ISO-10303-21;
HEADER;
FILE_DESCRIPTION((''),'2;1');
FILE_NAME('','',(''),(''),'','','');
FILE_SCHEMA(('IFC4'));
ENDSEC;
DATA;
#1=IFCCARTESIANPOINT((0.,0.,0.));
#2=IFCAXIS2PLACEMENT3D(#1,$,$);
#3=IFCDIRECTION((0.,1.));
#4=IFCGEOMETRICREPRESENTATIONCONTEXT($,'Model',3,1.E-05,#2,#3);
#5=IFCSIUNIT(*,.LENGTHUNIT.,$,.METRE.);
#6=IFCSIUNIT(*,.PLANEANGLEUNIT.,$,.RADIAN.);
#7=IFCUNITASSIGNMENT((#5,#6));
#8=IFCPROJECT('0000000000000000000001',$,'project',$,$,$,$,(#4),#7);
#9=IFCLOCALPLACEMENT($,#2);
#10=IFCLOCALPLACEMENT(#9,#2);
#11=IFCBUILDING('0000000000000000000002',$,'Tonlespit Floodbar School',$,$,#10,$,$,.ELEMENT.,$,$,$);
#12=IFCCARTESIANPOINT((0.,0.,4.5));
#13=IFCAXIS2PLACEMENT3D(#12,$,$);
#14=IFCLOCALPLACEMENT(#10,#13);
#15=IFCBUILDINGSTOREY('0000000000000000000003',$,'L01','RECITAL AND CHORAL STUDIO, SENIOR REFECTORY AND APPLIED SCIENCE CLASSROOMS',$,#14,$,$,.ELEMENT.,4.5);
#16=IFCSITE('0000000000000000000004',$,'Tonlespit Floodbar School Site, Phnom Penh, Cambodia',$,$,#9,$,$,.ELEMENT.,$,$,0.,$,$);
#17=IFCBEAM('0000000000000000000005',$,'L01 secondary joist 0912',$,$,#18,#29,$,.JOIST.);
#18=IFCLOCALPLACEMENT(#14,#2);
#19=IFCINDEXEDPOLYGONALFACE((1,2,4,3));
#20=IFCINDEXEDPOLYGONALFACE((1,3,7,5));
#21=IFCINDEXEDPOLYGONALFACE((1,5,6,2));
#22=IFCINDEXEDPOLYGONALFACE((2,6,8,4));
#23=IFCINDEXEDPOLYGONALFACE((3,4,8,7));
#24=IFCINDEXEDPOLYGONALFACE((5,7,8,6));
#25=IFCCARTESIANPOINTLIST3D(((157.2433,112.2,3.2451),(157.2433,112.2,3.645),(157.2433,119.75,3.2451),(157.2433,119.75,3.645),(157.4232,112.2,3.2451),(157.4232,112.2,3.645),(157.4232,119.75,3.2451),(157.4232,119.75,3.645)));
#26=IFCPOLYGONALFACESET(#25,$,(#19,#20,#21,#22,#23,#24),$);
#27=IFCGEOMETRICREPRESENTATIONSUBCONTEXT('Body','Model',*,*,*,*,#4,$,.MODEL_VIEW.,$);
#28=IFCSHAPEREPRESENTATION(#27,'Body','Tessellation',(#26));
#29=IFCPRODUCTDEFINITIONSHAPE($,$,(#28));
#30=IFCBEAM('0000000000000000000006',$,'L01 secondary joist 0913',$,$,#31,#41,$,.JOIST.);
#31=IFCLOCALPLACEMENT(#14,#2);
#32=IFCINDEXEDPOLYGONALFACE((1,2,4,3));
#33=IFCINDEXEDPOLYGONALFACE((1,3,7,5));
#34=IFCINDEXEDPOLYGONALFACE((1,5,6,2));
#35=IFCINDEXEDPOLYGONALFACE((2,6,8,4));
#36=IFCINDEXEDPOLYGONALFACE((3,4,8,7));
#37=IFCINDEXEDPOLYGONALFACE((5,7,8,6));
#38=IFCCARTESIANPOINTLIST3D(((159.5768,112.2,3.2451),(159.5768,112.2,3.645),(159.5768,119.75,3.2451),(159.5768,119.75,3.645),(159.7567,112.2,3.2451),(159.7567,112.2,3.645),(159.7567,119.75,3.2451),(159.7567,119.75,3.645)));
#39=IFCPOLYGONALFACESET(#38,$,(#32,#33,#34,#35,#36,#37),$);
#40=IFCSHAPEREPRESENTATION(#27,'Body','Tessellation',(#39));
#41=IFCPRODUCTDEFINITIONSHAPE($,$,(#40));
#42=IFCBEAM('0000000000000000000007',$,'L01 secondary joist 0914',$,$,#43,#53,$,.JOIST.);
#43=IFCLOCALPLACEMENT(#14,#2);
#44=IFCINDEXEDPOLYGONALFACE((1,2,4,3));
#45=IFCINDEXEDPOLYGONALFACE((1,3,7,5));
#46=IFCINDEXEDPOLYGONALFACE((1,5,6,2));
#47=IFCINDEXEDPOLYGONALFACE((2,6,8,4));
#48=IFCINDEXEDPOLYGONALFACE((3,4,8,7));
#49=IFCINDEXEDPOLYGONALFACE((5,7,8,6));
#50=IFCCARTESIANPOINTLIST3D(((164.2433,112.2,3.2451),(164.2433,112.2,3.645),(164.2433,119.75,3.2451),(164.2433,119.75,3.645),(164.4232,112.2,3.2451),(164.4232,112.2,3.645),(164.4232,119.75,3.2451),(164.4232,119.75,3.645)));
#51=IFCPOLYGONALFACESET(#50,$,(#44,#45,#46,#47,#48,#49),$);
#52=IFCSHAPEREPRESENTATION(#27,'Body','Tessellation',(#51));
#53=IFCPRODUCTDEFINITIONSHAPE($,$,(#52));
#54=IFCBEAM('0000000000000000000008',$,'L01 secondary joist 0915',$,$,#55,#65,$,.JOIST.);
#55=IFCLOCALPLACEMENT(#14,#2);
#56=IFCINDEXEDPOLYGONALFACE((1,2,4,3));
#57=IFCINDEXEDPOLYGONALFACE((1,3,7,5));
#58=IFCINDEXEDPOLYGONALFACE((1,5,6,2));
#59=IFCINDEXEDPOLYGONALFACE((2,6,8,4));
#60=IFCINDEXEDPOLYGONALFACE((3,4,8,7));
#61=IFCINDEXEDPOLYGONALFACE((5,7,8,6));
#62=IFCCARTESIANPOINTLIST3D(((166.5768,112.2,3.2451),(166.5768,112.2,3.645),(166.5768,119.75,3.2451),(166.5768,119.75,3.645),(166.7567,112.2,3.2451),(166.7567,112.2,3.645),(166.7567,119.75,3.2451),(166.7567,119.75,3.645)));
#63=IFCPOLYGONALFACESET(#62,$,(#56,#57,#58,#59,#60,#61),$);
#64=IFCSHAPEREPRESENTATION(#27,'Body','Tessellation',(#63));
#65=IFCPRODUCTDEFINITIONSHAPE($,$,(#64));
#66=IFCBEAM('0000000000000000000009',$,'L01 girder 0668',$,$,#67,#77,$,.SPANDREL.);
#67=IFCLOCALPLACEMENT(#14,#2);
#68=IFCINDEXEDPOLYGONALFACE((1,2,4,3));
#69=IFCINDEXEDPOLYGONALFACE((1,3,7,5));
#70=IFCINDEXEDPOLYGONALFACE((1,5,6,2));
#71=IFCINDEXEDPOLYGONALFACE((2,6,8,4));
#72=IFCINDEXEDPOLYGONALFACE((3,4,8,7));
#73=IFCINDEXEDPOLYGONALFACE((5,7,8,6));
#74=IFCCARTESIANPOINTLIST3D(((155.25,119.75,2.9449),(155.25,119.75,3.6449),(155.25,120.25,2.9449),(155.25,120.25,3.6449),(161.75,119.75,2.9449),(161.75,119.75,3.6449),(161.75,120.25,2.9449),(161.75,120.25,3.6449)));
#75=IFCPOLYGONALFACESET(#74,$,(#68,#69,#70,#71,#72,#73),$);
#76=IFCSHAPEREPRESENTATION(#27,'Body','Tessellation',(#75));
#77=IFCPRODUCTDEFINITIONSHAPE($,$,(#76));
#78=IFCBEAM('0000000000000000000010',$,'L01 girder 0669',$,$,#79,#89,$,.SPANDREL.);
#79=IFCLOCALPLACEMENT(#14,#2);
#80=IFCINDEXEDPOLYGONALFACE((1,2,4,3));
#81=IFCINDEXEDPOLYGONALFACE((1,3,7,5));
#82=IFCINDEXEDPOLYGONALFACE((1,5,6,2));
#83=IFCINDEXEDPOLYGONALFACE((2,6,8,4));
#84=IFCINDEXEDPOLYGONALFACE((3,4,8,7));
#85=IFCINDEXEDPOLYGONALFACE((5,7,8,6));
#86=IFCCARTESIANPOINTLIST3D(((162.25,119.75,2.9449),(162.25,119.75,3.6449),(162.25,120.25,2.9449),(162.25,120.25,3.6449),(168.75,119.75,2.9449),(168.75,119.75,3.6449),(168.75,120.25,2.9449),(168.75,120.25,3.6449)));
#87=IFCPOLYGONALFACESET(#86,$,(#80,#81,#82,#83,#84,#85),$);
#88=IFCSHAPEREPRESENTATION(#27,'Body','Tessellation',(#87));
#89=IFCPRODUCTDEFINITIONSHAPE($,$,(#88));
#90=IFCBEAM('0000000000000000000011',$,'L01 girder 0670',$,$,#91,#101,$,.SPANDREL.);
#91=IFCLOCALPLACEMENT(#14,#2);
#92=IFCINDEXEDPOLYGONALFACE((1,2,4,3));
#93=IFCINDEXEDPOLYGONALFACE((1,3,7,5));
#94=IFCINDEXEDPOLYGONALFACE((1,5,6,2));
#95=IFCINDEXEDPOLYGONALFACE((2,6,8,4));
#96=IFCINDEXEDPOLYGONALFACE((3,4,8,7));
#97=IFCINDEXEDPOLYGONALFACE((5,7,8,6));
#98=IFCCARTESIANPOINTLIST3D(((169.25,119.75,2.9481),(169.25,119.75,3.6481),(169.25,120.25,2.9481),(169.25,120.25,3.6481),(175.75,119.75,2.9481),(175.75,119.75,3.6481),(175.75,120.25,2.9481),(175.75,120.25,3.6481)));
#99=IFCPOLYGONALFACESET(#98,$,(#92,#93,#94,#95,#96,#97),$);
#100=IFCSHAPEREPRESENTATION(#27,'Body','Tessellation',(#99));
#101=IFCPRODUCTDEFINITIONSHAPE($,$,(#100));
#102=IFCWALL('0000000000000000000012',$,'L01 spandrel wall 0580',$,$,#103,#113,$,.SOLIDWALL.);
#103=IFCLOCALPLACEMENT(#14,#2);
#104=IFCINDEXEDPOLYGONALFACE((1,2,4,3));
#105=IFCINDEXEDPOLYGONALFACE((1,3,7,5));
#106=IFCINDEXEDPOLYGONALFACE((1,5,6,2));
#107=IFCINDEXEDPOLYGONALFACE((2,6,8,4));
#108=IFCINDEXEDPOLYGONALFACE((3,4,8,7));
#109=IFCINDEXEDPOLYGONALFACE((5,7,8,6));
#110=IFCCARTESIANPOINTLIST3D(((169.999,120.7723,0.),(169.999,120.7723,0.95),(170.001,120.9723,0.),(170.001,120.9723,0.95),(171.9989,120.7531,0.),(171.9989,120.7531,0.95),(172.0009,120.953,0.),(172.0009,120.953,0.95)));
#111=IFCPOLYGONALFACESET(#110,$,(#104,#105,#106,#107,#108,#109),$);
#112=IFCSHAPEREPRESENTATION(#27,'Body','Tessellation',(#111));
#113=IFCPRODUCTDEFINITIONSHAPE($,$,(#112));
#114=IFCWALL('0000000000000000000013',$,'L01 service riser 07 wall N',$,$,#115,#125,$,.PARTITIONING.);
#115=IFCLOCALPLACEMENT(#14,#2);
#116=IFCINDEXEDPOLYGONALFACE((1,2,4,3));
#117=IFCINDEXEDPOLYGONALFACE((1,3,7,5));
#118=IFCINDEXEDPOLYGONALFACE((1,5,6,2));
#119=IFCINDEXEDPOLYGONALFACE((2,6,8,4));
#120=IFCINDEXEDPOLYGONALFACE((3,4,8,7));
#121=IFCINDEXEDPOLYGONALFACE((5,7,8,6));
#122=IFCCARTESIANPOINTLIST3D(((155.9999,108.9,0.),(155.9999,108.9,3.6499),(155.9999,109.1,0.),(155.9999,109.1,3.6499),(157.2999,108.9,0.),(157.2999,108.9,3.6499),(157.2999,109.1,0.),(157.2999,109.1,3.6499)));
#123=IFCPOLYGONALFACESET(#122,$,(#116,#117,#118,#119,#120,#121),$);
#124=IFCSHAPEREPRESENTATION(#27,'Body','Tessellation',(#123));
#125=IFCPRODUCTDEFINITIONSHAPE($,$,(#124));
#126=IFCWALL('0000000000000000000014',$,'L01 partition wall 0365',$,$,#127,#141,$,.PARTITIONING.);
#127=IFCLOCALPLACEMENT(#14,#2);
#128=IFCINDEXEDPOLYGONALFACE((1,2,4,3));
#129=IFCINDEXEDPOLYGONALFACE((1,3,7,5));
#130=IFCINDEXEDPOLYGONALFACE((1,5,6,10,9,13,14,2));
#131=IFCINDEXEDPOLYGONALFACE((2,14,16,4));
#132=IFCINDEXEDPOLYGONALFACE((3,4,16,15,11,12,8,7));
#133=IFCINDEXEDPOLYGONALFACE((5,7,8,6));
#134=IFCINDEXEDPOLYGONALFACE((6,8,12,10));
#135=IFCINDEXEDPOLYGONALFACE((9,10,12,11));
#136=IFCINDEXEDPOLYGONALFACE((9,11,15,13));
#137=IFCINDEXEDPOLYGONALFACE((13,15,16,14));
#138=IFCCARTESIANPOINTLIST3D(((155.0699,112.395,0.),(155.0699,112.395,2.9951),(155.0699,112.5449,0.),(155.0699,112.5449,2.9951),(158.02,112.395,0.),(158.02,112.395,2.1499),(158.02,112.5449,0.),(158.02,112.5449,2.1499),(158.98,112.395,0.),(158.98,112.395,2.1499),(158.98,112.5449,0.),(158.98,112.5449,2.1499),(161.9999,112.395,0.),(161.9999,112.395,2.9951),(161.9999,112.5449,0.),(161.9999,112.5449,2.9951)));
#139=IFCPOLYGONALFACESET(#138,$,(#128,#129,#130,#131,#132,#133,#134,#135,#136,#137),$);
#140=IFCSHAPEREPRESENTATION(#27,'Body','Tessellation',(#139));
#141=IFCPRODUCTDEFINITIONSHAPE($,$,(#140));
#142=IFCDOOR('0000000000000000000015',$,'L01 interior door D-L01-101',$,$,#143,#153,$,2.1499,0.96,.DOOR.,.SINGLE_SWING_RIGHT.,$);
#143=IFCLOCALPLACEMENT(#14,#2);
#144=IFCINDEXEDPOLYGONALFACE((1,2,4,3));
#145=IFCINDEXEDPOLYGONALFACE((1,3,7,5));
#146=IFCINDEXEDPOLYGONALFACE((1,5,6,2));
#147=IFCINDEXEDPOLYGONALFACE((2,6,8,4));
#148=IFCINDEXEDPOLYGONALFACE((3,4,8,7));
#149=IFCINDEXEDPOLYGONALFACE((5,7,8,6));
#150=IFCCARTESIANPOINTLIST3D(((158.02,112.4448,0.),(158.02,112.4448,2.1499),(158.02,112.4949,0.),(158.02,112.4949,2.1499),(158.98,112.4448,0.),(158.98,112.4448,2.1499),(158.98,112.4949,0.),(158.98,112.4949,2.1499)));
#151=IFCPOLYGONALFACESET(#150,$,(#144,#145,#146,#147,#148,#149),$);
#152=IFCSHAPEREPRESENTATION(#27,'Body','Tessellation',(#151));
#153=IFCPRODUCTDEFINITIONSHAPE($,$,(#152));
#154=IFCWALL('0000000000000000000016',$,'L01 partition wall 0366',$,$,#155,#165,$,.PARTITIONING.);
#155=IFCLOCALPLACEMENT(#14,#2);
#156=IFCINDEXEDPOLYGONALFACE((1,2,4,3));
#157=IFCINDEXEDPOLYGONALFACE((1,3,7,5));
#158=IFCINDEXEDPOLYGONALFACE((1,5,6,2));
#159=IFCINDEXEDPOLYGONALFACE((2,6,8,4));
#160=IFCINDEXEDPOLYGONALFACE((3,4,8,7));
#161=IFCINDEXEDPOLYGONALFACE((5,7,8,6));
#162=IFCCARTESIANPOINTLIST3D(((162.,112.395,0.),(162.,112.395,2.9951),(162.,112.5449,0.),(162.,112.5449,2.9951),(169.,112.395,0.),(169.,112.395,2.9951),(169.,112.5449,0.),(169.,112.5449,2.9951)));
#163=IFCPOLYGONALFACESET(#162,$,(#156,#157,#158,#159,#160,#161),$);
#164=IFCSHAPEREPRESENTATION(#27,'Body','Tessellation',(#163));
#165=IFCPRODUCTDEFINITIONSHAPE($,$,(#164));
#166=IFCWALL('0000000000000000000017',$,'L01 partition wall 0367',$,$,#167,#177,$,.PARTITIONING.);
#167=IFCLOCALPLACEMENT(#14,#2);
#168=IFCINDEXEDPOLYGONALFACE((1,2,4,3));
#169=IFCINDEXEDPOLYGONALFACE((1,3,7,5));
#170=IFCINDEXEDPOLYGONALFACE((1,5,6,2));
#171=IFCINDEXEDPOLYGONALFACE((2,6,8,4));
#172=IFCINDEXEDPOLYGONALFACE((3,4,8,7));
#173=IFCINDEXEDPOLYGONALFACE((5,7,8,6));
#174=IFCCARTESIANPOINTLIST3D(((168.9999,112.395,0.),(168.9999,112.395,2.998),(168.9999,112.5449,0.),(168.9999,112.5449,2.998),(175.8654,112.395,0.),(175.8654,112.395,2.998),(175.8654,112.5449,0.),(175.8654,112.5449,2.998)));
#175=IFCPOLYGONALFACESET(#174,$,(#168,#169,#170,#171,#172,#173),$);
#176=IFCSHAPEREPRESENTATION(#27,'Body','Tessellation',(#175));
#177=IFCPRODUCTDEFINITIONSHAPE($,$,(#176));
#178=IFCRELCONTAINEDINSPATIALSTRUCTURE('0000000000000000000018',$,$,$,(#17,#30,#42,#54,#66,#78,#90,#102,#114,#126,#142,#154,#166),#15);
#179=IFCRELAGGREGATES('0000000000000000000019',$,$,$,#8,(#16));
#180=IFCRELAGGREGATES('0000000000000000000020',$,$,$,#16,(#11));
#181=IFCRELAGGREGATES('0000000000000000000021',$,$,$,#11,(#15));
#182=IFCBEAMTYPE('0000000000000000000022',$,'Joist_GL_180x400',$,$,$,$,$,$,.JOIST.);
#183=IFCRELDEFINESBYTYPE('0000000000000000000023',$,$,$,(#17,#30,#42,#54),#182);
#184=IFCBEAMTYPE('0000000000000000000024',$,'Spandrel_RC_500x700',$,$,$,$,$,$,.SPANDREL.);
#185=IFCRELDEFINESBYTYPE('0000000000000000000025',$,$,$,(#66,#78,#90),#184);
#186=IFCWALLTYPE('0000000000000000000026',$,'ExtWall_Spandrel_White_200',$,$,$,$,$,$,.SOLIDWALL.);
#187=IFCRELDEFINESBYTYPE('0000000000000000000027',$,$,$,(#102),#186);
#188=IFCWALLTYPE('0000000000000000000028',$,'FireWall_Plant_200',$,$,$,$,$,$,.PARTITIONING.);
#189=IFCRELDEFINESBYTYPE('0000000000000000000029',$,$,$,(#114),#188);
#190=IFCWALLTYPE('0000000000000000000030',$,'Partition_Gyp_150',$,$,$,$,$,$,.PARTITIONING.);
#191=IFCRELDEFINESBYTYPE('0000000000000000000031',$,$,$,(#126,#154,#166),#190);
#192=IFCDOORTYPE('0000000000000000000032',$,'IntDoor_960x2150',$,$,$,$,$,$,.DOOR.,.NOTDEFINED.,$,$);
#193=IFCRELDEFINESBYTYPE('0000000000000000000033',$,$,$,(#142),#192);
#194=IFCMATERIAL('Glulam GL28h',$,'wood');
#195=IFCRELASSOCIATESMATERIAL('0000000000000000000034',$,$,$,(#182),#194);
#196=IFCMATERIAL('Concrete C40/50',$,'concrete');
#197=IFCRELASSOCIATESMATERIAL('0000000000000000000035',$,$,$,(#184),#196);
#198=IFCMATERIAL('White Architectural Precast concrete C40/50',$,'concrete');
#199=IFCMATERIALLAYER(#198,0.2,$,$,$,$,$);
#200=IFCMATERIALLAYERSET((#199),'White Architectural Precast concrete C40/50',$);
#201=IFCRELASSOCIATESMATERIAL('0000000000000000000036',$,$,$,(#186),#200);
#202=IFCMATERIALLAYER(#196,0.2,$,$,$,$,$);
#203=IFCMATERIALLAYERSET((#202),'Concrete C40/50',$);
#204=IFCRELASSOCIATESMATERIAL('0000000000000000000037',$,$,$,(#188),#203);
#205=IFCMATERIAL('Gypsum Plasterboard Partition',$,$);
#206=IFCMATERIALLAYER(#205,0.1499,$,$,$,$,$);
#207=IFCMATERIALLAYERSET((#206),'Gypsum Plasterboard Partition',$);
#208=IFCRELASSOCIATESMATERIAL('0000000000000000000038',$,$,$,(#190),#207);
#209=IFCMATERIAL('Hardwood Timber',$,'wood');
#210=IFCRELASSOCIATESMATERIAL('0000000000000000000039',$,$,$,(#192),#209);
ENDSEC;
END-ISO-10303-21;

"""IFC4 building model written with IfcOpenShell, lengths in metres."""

from ifc_helpers import new_model, si_unit, direction, frame, frame_2d, origin, origin_2d, place, context, subcontext, project, spatial, rectangle, extrude, material, layer, layer_set, material_profile, profile_set, type_object, element, fill, save


model = new_model("IFC4")

# Units and contexts
model_context = context("Model", 3, precision=1e-05, world=origin(), true_north=direction((0.0, 1.0)))
body_context = subcontext(model_context, "Body", "Model", "MODEL_VIEW")
ifc_project = project(units=[si_unit("LENGTHUNIT", "METRE"), si_unit("PLANEANGLEUNIT", "RADIAN")], contexts=[model_context])

# Site, building, storey
site_placement = place(None, origin())
site = spatial("IfcSite", under=ifc_project, at=site_placement, Name="Tonlespit Floodbar School Site, Phnom Penh, Cambodia", CompositionType="ELEMENT", RefElevation=0.0)
building_placement = place(site_placement, origin())
building = spatial("IfcBuilding", under=site, at=building_placement, Name="Tonlespit Floodbar School", CompositionType="ELEMENT")
storey_placement = place(building_placement, frame((0.0, 0.0, 4.5)))
storey = spatial("IfcBuildingStorey", under=building, at=storey_placement, Name="L01", Description="RECITAL AND CHORAL STUDIO, SENIOR REFECTORY AND APPLIED SCIENCE CLASSROOMS", CompositionType="ELEMENT", Elevation=4.5)

# Shared definitions
ifc_material_1 = material(Name="Concrete C40/50", Category="concrete")

# Beams
ifc_material_2 = material(Name="Glulam GL28h", Category="wood")
ifc_material_profile_1 = material_profile(ifc_material_2, rectangle(XDim=0.1799, YDim=0.3999, at=origin_2d()), Name="GL 180x400")
ifc_profile_set_1 = profile_set([ifc_material_profile_1], Name="Glulam GL28h")
beam_type_1 = type_object("IfcBeamType", Name="Joist_GL_180x400", PredefinedType="JOIST", material=ifc_profile_set_1)
for number, where, z_axis, x_axis, name in (
    (1, (157.3333, 112.2, 3.4451), (0.0, 1.0, 0.0), (-1.0, 0.0, 0.0), "L01 secondary joist 0912"),
    (2, (159.6667, 112.2, 3.4451), (0.0, 1.0, 0.0), (-1.0, 0.0, 0.0), "L01 secondary joist 0913"),
    (3, (164.3333, 112.2, 3.4451), (0.0, 1.0, 0.0), (-1.0, 0.0, 0.0), "L01 secondary joist 0914"),
    (4, (166.6667, 112.2, 3.4451), (0.0, 1.0, 0.0), (-1.0, 0.0, 0.0), "L01 secondary joist 0915"),
):
    element("IfcBeam", number, at=place(storey_placement, frame(where, z_axis=z_axis, x_axis=x_axis)), inside=storey, type_object=beam_type_1, Name=name, PredefinedType="JOIST", context=body_context, shape_type="SweptSolid", body=[
        extrude(rectangle(XDim=0.1799, YDim=0.3999, at=origin_2d()), origin(), (0.0, 0.0, 1.0), 7.55),
    ])
ifc_material_profile_2 = material_profile(ifc_material_1, rectangle(XDim=0.5, YDim=0.7, at=origin_2d()), Name="RC 500x700")
ifc_profile_set_2 = profile_set([ifc_material_profile_2], Name="Concrete C40/50")
beam_type_2 = type_object("IfcBeamType", Name="Spandrel_RC_500x700", PredefinedType="SPANDREL", material=ifc_profile_set_2)
for number, where, z_axis, x_axis, name in (
    (5, (155.25, 120.0, 3.2949), (1.0, 0.0, 0.0), (0.0, 1.0, 0.0), "L01 girder 0668"),
    (6, (162.25, 120.0, 3.2949), (1.0, 0.0, 0.0), (0.0, 1.0, 0.0), "L01 girder 0669"),
    (7, (169.25, 120.0, 3.2981), (1.0, 0.0, 0.0), (0.0, 1.0, 0.0), "L01 girder 0670"),
):
    element("IfcBeam", number, at=place(storey_placement, frame(where, z_axis=z_axis, x_axis=x_axis)), inside=storey, type_object=beam_type_2, Name=name, PredefinedType="SPANDREL", context=body_context, shape_type="SweptSolid", body=[
        extrude(rectangle(XDim=0.5, YDim=0.7, at=origin_2d()), origin(), (0.0, 0.0, 1.0), 6.5),
    ])

# Walls
ifc_material_3 = material(Name="White Architectural Precast concrete C40/50", Category="concrete")
ifc_layer_1 = layer(ifc_material_3, 0.2)
ifc_layer_set_1 = layer_set([ifc_layer_1], Name="White Architectural Precast concrete C40/50")
wall_type_1 = type_object("IfcWallType", Name="ExtWall_Spandrel_White_200", PredefinedType="SOLIDWALL", material=ifc_layer_set_1)
wall_1_placement = place(storey_placement, frame((170.0, 120.8723, 0.0), z_axis=(0.0, 0.0, 1.0), x_axis=(0.999954, -0.009643, 0.0)))
element("IfcWall", 8, at=wall_1_placement, inside=storey, type_object=wall_type_1, Name="L01 spandrel wall 0580", PredefinedType="SOLIDWALL", context=body_context, shape_type="SweptSolid", body=[
    extrude(rectangle(XDim=2.0, YDim=0.2, at=frame_2d((1.0, 0.0))), origin(), (0.0, 0.0, 1.0), 0.95),
])
ifc_layer_2 = layer(ifc_material_1, 0.2)
ifc_layer_set_2 = layer_set([ifc_layer_2], Name="Concrete C40/50")
wall_type_2 = type_object("IfcWallType", Name="FireWall_Plant_200", PredefinedType="PARTITIONING", material=ifc_layer_set_2)
wall_2_placement = place(storey_placement, frame((156.0, 109.0, 0.0), z_axis=(0.0, 0.0, 1.0), x_axis=(1.0, 0.0, 0.0)))
element("IfcWall", 9, at=wall_2_placement, inside=storey, type_object=wall_type_2, Name="L01 service riser 07 wall N", PredefinedType="PARTITIONING", context=body_context, shape_type="SweptSolid", body=[
    extrude(rectangle(XDim=1.3, YDim=0.2, at=frame_2d((0.6499, 0.0))), origin(), (0.0, 0.0, 1.0), 3.6499),
])

# Wall, opening, door
ifc_material_4 = material(Name="Gypsum Plasterboard Partition")
ifc_layer_3 = layer(ifc_material_4, 0.1499)
ifc_layer_set_3 = layer_set([ifc_layer_3], Name="Gypsum Plasterboard Partition")
wall_type_3 = type_object("IfcWallType", Name="Partition_Gyp_150", PredefinedType="PARTITIONING", material=ifc_layer_set_3)
wall_3_placement = place(storey_placement, frame((155.0701, 112.47, 0.0), z_axis=(0.0, 0.0, 1.0), x_axis=(1.0, 0.0, 0.0)))
wall_3 = element("IfcWall", 10, at=wall_3_placement, inside=storey, type_object=wall_type_3, Name="L01 partition wall 0365", PredefinedType="PARTITIONING", context=body_context, shape_type="SweptSolid", body=[
    extrude(rectangle(XDim=6.9299, YDim=0.1499, at=frame_2d((3.4648, 0.0))), origin(), (0.0, 0.0, 1.0), 2.9951),
])
opening_placement = place(wall_3_placement, frame((2.95, 0.0, 0.0)))
opening = element("IfcOpeningElement", 11, at=opening_placement, cuts=wall_3, PredefinedType="OPENING", context=body_context, shape_type="SweptSolid", body=[
    extrude(rectangle(XDim=0.96, YDim=2.1499, at=frame_2d((0.48, 1.075))), frame((0.0, 0.085, 0.0), z_axis=(0.0, -1.0, 0.0), x_axis=(1.0, 0.0, 0.0)), (0.0, 0.0, 1.0), 0.1699),
])
ifc_material_5 = material(Name="Hardwood Timber", Category="wood")
door_type = type_object("IfcDoorType", Name="IntDoor_960x2150", OperationType="NOTDEFINED", PredefinedType="DOOR", material=ifc_material_5)
door_placement = place(opening_placement, origin())
door = element("IfcDoor", 12, at=door_placement, inside=storey, type_object=door_type, Name="L01 interior door D-L01-101", OperationType="SINGLE_SWING_RIGHT", OverallHeight=2.1499, OverallWidth=0.96, PredefinedType="DOOR", context=body_context, shape_type="SweptSolid", body=[
    extrude(rectangle(XDim=0.96, YDim=2.1499, at=frame_2d((0.48, 1.075))), frame((0.0, 0.0249, 0.0), z_axis=(0.0, -1.0, 0.0), x_axis=(1.0, 0.0, 0.0)), (0.0, 0.0, 1.0), 0.05),
])
fill(opening, door)

# Walls
wall_4_placement = place(storey_placement, frame((162.0, 112.47, 0.0), z_axis=(0.0, 0.0, 1.0), x_axis=(1.0, 0.0, 0.0)))
element("IfcWall", 13, at=wall_4_placement, inside=storey, type_object=wall_type_3, Name="L01 partition wall 0366", PredefinedType="PARTITIONING", context=body_context, shape_type="SweptSolid", body=[
    extrude(rectangle(XDim=7.0, YDim=0.1499, at=frame_2d((3.5, 0.0))), origin(), (0.0, 0.0, 1.0), 2.9951),
])
wall_5_placement = place(storey_placement, frame((169.0, 112.47, 0.0), z_axis=(0.0, 0.0, 1.0), x_axis=(1.0, 0.0, 0.0)))
element("IfcWall", 14, at=wall_5_placement, inside=storey, type_object=wall_type_3, Name="L01 partition wall 0367", PredefinedType="PARTITIONING", context=body_context, shape_type="SweptSolid", body=[
    extrude(rectangle(XDim=6.8655, YDim=0.1499, at=frame_2d((3.4326, 0.0))), origin(), (0.0, 0.0, 1.0), 2.998),
])

save(model, "model.ifc")
